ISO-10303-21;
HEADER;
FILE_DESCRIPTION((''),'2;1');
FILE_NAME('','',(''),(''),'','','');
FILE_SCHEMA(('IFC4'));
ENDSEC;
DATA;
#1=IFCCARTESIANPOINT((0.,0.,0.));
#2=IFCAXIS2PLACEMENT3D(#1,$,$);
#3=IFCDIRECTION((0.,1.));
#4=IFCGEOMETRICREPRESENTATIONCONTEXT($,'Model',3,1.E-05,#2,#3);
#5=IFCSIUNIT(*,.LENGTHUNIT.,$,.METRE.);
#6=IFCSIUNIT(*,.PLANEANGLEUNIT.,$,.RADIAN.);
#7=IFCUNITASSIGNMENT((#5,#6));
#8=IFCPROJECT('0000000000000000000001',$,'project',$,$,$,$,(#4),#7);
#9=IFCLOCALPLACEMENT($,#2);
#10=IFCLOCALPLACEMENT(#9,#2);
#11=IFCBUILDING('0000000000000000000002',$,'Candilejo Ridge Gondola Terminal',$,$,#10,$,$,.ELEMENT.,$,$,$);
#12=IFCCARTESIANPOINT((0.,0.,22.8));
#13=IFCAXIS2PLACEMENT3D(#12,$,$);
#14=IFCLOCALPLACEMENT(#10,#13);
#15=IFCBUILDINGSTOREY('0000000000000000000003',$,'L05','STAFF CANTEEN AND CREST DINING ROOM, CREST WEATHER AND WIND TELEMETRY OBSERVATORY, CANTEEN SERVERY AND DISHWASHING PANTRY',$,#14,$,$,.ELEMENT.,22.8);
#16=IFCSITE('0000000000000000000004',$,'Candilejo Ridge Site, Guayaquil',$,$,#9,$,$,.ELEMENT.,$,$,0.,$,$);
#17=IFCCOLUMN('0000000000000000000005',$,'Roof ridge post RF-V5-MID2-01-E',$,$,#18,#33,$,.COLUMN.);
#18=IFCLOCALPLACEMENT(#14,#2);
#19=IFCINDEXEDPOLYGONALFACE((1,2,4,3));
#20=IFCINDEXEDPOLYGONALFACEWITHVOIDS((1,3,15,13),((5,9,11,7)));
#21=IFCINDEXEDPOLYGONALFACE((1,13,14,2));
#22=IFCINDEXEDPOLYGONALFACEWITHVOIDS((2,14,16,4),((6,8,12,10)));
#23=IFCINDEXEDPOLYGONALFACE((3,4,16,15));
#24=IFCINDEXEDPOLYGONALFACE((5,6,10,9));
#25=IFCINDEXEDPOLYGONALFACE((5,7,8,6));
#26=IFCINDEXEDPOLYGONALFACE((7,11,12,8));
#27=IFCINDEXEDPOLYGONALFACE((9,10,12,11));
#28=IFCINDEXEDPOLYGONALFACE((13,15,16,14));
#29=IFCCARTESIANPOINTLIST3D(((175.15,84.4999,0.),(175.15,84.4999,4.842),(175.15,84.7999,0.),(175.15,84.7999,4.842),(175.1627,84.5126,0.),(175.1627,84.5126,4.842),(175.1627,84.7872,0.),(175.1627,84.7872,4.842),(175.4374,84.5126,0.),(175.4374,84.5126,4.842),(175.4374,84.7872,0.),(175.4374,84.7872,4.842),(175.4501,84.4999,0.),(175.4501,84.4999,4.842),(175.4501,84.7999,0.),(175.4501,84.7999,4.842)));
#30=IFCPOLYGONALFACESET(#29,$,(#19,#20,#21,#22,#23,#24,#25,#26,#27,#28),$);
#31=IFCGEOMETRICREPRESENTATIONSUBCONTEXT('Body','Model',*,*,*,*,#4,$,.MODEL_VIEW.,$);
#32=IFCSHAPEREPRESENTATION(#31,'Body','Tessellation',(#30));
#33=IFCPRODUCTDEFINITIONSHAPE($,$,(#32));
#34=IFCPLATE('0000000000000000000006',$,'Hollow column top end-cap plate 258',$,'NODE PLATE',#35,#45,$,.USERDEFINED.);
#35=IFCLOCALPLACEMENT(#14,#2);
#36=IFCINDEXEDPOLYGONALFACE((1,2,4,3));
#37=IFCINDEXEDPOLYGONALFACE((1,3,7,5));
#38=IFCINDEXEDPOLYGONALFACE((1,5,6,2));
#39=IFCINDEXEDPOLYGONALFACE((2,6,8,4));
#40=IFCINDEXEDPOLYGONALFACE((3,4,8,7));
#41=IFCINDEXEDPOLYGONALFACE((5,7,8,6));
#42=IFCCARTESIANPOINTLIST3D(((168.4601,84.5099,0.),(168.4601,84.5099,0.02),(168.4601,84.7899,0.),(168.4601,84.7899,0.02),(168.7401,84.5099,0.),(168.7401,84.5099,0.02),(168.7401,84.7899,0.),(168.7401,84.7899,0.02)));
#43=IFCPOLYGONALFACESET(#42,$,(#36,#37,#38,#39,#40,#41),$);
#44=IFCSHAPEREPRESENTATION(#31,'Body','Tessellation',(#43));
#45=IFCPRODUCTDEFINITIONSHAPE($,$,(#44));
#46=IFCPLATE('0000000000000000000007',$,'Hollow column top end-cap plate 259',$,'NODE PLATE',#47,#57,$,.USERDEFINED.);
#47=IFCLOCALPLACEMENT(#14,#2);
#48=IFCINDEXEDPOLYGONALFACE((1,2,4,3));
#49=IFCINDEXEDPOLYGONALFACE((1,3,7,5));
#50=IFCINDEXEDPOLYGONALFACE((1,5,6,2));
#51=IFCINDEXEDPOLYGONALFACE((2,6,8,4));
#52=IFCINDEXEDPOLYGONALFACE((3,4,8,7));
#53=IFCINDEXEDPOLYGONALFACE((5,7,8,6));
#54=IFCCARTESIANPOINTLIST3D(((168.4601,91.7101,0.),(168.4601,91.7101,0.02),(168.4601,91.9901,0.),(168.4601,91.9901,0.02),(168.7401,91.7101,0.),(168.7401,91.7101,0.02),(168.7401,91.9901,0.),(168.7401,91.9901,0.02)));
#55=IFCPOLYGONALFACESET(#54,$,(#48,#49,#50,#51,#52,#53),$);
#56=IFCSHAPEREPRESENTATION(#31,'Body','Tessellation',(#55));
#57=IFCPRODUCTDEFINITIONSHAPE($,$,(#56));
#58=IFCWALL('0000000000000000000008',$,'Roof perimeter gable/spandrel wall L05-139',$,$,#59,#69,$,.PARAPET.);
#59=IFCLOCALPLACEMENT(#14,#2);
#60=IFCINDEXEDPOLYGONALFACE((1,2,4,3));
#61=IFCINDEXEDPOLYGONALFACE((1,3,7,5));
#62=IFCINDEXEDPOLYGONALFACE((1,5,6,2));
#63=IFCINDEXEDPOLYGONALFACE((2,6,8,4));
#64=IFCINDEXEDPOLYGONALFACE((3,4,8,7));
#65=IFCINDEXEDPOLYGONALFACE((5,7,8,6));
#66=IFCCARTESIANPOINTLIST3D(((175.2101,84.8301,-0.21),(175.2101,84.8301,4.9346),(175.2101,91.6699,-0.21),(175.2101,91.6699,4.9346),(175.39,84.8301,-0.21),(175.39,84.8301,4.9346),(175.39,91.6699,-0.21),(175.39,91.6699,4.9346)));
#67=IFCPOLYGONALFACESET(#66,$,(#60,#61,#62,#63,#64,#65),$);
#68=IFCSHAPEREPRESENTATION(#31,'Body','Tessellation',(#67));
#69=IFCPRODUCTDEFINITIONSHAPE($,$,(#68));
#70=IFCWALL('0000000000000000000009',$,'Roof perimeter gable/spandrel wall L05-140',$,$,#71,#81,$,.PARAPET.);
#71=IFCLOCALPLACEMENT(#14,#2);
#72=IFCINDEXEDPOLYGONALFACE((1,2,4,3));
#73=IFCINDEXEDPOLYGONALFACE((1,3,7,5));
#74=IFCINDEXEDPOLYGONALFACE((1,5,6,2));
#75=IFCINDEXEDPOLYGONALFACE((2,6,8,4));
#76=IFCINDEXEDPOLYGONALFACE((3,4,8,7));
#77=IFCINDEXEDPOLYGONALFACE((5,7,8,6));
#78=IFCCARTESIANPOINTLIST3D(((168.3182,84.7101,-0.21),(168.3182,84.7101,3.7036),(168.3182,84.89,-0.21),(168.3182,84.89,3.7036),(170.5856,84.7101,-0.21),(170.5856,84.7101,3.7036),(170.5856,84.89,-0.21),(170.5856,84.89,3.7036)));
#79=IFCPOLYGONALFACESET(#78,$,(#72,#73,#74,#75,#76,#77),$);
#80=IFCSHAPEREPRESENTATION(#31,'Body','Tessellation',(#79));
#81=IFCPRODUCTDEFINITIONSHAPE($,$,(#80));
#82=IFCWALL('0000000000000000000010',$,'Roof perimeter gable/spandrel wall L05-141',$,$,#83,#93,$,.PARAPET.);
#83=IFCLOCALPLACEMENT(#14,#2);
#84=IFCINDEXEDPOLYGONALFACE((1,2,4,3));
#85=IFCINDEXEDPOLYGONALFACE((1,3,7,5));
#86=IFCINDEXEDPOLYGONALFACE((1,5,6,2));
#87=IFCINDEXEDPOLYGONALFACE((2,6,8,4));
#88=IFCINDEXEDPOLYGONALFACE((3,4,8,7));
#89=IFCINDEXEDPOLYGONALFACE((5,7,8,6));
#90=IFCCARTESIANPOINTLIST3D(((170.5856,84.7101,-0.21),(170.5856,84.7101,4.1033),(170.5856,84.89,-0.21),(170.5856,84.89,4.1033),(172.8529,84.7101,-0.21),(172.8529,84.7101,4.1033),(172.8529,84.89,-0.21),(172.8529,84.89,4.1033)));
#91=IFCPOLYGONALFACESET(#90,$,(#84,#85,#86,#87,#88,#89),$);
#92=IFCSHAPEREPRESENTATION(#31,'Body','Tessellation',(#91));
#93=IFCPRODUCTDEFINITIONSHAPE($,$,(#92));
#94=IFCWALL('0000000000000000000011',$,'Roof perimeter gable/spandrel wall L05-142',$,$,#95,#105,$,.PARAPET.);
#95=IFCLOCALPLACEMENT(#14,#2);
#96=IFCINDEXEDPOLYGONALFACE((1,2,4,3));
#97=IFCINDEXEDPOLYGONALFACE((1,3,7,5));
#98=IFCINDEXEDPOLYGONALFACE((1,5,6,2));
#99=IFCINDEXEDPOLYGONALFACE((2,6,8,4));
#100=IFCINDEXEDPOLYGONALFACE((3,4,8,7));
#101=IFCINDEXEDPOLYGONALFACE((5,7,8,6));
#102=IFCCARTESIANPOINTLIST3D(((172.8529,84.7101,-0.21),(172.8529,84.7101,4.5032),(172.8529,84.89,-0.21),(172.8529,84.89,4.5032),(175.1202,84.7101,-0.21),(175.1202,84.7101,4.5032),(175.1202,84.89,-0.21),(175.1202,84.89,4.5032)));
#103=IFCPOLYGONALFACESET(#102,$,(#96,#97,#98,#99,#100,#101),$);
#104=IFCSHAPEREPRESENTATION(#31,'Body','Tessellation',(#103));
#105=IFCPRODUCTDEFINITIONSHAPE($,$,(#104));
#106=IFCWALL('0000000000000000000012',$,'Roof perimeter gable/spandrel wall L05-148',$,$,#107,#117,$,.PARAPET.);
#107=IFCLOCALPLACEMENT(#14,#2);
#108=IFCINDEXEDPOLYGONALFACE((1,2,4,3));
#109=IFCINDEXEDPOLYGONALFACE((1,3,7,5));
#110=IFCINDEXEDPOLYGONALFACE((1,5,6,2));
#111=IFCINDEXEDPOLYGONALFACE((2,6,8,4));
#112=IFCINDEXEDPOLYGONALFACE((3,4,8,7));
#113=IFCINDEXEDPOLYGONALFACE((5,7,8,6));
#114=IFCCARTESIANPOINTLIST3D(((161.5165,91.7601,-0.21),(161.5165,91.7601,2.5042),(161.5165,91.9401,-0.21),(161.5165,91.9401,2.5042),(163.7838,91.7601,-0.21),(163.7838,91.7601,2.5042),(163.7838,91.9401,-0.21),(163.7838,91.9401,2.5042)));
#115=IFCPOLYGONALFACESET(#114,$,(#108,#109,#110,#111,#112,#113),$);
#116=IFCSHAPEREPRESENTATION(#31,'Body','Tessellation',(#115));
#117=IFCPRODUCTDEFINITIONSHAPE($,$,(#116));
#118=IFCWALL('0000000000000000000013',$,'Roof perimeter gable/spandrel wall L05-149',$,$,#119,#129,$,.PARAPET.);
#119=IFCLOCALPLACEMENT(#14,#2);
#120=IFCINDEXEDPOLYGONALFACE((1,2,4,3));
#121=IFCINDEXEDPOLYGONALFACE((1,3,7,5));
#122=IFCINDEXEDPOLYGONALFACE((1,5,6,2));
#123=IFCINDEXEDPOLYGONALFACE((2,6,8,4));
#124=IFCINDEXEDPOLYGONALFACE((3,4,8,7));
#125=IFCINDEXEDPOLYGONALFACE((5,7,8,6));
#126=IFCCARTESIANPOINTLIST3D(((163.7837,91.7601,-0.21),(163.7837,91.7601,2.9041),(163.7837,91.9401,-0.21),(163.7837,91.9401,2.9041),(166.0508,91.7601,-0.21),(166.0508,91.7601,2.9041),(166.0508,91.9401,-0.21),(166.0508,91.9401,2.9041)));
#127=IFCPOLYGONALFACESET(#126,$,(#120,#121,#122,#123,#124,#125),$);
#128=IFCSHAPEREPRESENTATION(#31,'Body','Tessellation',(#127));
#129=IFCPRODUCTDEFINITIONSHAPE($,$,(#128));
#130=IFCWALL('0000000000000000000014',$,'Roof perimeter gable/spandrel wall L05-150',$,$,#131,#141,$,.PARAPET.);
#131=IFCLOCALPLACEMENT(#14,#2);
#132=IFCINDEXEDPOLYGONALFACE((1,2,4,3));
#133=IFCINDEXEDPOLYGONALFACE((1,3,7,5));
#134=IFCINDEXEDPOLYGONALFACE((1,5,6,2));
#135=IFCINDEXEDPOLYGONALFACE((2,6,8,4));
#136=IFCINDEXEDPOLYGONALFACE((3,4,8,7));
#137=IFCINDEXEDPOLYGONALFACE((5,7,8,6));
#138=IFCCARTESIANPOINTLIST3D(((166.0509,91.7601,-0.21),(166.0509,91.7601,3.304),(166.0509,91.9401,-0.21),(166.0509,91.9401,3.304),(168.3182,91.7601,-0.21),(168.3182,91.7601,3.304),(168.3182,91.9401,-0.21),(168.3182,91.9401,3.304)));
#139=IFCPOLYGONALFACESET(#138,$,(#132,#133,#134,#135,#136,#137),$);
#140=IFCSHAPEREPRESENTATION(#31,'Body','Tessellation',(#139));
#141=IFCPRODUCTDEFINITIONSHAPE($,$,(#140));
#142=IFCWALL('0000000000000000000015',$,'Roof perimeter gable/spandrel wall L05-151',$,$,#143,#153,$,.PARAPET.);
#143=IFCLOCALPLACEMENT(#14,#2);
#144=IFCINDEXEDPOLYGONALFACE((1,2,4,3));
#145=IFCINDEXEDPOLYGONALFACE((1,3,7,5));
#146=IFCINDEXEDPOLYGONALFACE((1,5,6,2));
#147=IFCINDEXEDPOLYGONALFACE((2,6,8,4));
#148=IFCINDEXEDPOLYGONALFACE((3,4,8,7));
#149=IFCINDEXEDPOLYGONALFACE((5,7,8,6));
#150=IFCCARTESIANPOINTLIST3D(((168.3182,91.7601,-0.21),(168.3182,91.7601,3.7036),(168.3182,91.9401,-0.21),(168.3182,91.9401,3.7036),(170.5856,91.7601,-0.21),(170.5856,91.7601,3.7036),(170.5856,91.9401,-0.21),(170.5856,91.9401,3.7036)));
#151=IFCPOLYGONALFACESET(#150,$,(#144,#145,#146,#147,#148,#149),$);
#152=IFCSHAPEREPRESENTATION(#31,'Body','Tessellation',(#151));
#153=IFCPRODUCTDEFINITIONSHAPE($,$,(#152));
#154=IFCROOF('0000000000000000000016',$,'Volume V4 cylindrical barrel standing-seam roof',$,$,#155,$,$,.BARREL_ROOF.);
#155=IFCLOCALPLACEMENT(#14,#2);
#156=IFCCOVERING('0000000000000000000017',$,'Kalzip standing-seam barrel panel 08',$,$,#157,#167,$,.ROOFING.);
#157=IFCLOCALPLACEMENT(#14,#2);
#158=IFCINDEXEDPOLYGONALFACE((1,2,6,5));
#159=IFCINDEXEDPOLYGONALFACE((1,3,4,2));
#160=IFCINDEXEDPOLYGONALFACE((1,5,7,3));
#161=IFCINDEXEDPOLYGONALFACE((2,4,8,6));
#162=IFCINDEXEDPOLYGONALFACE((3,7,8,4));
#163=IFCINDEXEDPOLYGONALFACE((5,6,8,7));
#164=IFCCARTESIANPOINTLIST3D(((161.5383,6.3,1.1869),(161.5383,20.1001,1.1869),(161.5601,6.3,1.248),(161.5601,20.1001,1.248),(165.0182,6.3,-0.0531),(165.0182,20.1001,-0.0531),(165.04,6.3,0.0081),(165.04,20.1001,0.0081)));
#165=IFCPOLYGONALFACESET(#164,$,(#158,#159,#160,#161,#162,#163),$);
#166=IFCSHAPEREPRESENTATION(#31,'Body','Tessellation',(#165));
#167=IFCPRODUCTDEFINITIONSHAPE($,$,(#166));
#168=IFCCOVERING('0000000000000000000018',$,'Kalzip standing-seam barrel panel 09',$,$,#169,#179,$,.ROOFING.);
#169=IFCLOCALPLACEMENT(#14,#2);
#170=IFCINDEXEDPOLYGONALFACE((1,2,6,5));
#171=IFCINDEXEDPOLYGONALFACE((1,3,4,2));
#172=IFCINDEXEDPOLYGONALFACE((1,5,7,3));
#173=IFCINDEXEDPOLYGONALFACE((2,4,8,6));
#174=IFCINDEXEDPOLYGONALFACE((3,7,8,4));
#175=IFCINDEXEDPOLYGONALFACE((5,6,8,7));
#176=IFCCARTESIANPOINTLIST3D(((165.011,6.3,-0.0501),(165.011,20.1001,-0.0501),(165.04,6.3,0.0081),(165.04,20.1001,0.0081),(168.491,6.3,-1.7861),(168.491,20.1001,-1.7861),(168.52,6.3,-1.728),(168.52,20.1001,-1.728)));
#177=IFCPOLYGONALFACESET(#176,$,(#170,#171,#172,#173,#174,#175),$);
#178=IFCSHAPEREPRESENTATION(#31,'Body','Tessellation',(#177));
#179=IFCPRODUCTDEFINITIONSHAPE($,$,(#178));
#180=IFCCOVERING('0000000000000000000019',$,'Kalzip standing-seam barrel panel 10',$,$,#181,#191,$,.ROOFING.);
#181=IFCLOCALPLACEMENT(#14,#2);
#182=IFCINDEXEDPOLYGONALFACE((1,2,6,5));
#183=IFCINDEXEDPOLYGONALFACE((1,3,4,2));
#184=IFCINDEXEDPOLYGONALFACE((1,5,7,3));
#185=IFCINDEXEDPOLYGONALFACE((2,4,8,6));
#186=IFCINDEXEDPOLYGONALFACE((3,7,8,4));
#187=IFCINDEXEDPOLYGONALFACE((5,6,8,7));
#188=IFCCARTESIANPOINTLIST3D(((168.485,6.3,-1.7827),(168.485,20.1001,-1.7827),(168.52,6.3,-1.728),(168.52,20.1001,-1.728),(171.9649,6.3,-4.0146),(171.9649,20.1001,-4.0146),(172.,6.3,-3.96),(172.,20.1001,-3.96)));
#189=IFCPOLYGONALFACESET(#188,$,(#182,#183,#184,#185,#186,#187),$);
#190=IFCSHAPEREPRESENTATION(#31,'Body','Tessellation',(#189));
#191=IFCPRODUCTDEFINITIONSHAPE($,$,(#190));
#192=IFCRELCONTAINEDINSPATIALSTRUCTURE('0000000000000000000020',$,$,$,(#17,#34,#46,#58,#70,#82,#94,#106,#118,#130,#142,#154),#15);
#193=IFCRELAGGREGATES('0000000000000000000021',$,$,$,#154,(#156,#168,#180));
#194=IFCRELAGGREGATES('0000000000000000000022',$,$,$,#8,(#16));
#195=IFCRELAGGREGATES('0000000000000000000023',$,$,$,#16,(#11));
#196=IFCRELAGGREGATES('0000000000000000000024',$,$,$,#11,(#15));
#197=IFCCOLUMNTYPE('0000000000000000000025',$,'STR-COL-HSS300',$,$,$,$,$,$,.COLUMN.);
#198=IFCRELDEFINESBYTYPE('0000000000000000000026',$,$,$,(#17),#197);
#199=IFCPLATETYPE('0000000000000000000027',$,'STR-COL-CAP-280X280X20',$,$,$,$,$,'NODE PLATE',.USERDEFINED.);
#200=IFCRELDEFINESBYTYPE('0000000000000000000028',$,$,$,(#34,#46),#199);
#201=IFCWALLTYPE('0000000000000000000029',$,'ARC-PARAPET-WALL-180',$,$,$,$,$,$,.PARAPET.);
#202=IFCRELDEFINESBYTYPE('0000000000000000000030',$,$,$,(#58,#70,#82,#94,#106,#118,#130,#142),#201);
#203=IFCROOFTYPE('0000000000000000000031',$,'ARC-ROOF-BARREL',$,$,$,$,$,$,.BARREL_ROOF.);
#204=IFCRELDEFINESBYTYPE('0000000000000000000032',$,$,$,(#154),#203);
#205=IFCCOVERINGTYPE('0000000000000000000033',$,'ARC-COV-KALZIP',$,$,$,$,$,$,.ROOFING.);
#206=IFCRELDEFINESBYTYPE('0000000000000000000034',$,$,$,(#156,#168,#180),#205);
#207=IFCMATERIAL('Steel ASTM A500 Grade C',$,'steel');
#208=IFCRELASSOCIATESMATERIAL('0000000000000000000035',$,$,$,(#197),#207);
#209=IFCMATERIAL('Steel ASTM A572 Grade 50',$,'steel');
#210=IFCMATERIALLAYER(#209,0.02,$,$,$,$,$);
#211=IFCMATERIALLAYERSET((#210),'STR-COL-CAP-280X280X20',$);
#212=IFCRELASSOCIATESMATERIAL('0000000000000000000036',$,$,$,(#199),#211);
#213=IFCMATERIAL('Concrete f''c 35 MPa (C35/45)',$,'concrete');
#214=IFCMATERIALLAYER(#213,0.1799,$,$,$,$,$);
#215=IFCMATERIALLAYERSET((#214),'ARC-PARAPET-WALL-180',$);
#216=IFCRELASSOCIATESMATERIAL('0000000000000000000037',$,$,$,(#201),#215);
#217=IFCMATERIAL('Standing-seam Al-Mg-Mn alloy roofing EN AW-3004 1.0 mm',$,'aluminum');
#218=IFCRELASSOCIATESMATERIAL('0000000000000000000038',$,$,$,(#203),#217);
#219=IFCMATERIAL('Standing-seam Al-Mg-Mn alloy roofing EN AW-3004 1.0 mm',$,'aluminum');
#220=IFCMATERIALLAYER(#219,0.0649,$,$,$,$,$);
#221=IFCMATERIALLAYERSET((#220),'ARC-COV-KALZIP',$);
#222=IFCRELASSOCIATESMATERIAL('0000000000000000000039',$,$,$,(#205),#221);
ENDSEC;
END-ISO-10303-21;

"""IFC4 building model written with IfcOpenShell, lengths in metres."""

from ifc_helpers import new_model, si_unit, direction, frame, frame_2d, origin, origin_2d, place, context, subcontext, project, spatial, polyline, rectangle, hollow_rectangle, outline, extrude, material, layer, layer_set, material_profile, profile_set, type_object, element, aggregate, save


model = new_model("IFC4")

# Units and contexts
model_context = context("Model", 3, precision=1e-05, world=origin(), true_north=direction((0.0, 1.0)))
body_context = subcontext(model_context, "Body", "Model", "MODEL_VIEW")
ifc_project = project(units=[si_unit("LENGTHUNIT", "METRE"), si_unit("PLANEANGLEUNIT", "RADIAN")], contexts=[model_context])

# Site, building, storey
site_placement = place(None, origin())
site = spatial("IfcSite", under=ifc_project, at=site_placement, Name="Candilejo Ridge Site, Guayaquil", CompositionType="ELEMENT", RefElevation=0.0)
building_placement = place(site_placement, origin())
building = spatial("IfcBuilding", under=site, at=building_placement, Name="Candilejo Ridge Gondola Terminal", CompositionType="ELEMENT")
storey_placement = place(building_placement, frame((0.0, 0.0, 22.8)))
storey = spatial("IfcBuildingStorey", under=building, at=storey_placement, Name="L05", Description="STAFF CANTEEN AND CREST DINING ROOM, CREST WEATHER AND WIND TELEMETRY OBSERVATORY, CANTEEN SERVERY AND DISHWASHING PANTRY", CompositionType="ELEMENT", Elevation=22.8)

# Column
ifc_material_1 = material(Name="Steel ASTM A500 Grade C", Category="steel")
ifc_material_profile = material_profile(ifc_material_1, hollow_rectangle(XDim=0.3, YDim=0.3, WallThickness=0.0127, at=origin_2d()))
ifc_profile_set = profile_set([ifc_material_profile], Name="Steel ASTM A500 Grade C")
column_type = type_object("IfcColumnType", Name="STR-COL-HSS300", PredefinedType="COLUMN", material=ifc_profile_set)
column_placement = place(storey_placement, frame((175.3, 84.6499, 0.0), z_axis=(0.0, 0.0, 1.0), x_axis=(1.0, 0.0, 0.0)))
element("IfcColumn", 1, at=column_placement, inside=storey, type_object=column_type, Name="Roof ridge post RF-V5-MID2-01-E", PredefinedType="COLUMN", context=body_context, shape_type="SweptSolid", body=[
    extrude(hollow_rectangle(XDim=0.3, YDim=0.3, WallThickness=0.0127, at=origin_2d()), origin(), (0.0, 0.0, 1.0), 4.842),
])

# Plates
ifc_material_2 = material(Name="Steel ASTM A572 Grade 50", Category="steel")
ifc_layer_1 = layer(ifc_material_2, 0.02)
ifc_layer_set_1 = layer_set([ifc_layer_1], Name="STR-COL-CAP-280X280X20")
plate_type = type_object("IfcPlateType", Name="STR-COL-CAP-280X280X20", ElementType="NODE PLATE", PredefinedType="USERDEFINED", material=ifc_layer_set_1)
for number, where, z_axis, x_axis, name in (
    (2, (168.6001, 84.6499, 0.0), (0.0, 0.0, 1.0), (1.0, 0.0, 0.0), "Hollow column top end-cap plate 258"),
    (3, (168.6001, 91.8501, 0.0), (0.0, 0.0, 1.0), (1.0, 0.0, 0.0), "Hollow column top end-cap plate 259"),
):
    element("IfcPlate", number, at=place(storey_placement, frame(where, z_axis=z_axis, x_axis=x_axis)), inside=storey, type_object=plate_type, Name=name, ObjectType="NODE PLATE", PredefinedType="USERDEFINED", context=body_context, shape_type="SweptSolid", body=[
        extrude(rectangle(XDim=0.28, YDim=0.28, at=origin_2d()), origin(), (0.0, 0.0, 1.0), 0.02),
    ])

# Walls
ifc_material_3 = material(Name="Concrete f'c 35 MPa (C35/45)", Category="concrete")
ifc_layer_2 = layer(ifc_material_3, 0.1799)
ifc_layer_set_2 = layer_set([ifc_layer_2], Name="ARC-PARAPET-WALL-180")
wall_type = type_object("IfcWallType", Name="ARC-PARAPET-WALL-180", PredefinedType="PARAPET", material=ifc_layer_set_2)
wall_1_placement = place(storey_placement, frame((175.3, 84.8301, -0.21), z_axis=(0.0, 0.0, 1.0), x_axis=(0.0, 1.0, 0.0)))
element("IfcWall", 4, at=wall_1_placement, inside=storey, type_object=wall_type, Name="Roof perimeter gable/spandrel wall L05-139", PredefinedType="PARAPET", context=body_context, shape_type="SweptSolid", body=[
    extrude(rectangle(XDim=6.8398, YDim=0.1799, at=frame_2d((3.4199, 0.0))), origin(), (0.0, 0.0, 1.0), 5.1445),
])
wall_2_placement = place(storey_placement, frame((168.3181, 84.8, -0.21), z_axis=(0.0, 0.0, 1.0), x_axis=(1.0, 0.0, 0.0)))
element("IfcWall", 5, at=wall_2_placement, inside=storey, type_object=wall_type, Name="Roof perimeter gable/spandrel wall L05-140", PredefinedType="PARAPET", context=body_context, shape_type="SweptSolid", body=[
    extrude(rectangle(XDim=2.2673, YDim=0.1799, at=frame_2d((1.1338, 0.0))), origin(), (0.0, 0.0, 1.0), 3.9136),
])
wall_3_placement = place(storey_placement, frame((170.5854, 84.8, -0.21), z_axis=(0.0, 0.0, 1.0), x_axis=(1.0, 0.0, 0.0)))
element("IfcWall", 6, at=wall_3_placement, inside=storey, type_object=wall_type, Name="Roof perimeter gable/spandrel wall L05-141", PredefinedType="PARAPET", context=body_context, shape_type="SweptSolid", body=[
    extrude(rectangle(XDim=2.2673, YDim=0.1799, at=frame_2d((1.1338, 0.0))), origin(), (0.0, 0.0, 1.0), 4.3132),
])
wall_4_placement = place(storey_placement, frame((172.8528, 84.8, -0.21), z_axis=(0.0, 0.0, 1.0), x_axis=(1.0, 0.0, 0.0)))
element("IfcWall", 7, at=wall_4_placement, inside=storey, type_object=wall_type, Name="Roof perimeter gable/spandrel wall L05-142", PredefinedType="PARAPET", context=body_context, shape_type="SweptSolid", body=[
    extrude(rectangle(XDim=2.2673, YDim=0.1799, at=frame_2d((1.1338, 0.0))), origin(), (0.0, 0.0, 1.0), 4.7131),
])
wall_5_placement = place(storey_placement, frame((161.5164, 91.8501, -0.21), z_axis=(0.0, 0.0, 1.0), x_axis=(1.0, 0.0, 0.0)))
element("IfcWall", 8, at=wall_5_placement, inside=storey, type_object=wall_type, Name="Roof perimeter gable/spandrel wall L05-148", PredefinedType="PARAPET", context=body_context, shape_type="SweptSolid", body=[
    extrude(rectangle(XDim=2.2673, YDim=0.1799, at=frame_2d((1.1338, 0.0))), origin(), (0.0, 0.0, 1.0), 2.7141),
])
wall_6_placement = place(storey_placement, frame((163.7837, 91.8501, -0.21), z_axis=(0.0, 0.0, 1.0), x_axis=(1.0, 0.0, 0.0)))
element("IfcWall", 9, at=wall_6_placement, inside=storey, type_object=wall_type, Name="Roof perimeter gable/spandrel wall L05-149", PredefinedType="PARAPET", context=body_context, shape_type="SweptSolid", body=[
    extrude(rectangle(XDim=2.2671, YDim=0.1799, at=frame_2d((1.1335, 0.0))), origin(), (0.0, 0.0, 1.0), 3.114),
])
wall_7_placement = place(storey_placement, frame((166.0508, 91.8501, -0.21), z_axis=(0.0, 0.0, 1.0), x_axis=(1.0, 0.0, 0.0)))
element("IfcWall", 10, at=wall_7_placement, inside=storey, type_object=wall_type, Name="Roof perimeter gable/spandrel wall L05-150", PredefinedType="PARAPET", context=body_context, shape_type="SweptSolid", body=[
    extrude(rectangle(XDim=2.2673, YDim=0.1799, at=frame_2d((1.1338, 0.0))), origin(), (0.0, 0.0, 1.0), 3.5139),
])
wall_8_placement = place(storey_placement, frame((168.3181, 91.8501, -0.21), z_axis=(0.0, 0.0, 1.0), x_axis=(1.0, 0.0, 0.0)))
element("IfcWall", 11, at=wall_8_placement, inside=storey, type_object=wall_type, Name="Roof perimeter gable/spandrel wall L05-151", PredefinedType="PARAPET", context=body_context, shape_type="SweptSolid", body=[
    extrude(rectangle(XDim=2.2673, YDim=0.1799, at=frame_2d((1.1338, 0.0))), origin(), (0.0, 0.0, 1.0), 3.9136),
])

# Roof, coverings
ifc_material_4 = material(Name="Standing-seam Al-Mg-Mn alloy roofing EN AW-3004 1.0 mm", Category="aluminum")
roof_type = type_object("IfcRoofType", Name="ARC-ROOF-BARREL", PredefinedType="BARREL_ROOF", material=ifc_material_4)
roof_placement = place(storey_placement, origin())
roof = element("IfcRoof", 12, at=roof_placement, inside=storey, type_object=roof_type, Name="Volume V4 cylindrical barrel standing-seam roof", PredefinedType="BARREL_ROOF")
ifc_material_5 = material(Name="Standing-seam Al-Mg-Mn alloy roofing EN AW-3004 1.0 mm", Category="aluminum")
ifc_layer_3 = layer(ifc_material_5, 0.0649)
ifc_layer_set_3 = layer_set([ifc_layer_3], Name="ARC-COV-KALZIP")
covering_type = type_object("IfcCoveringType", Name="ARC-COV-KALZIP", PredefinedType="ROOFING", material=ifc_layer_set_3)
covering_1_placement = place(storey_placement, frame((161.5601, 6.3, 1.248), z_axis=(0.33565, 0.0, 0.941987), x_axis=(0.941987, 0.0, -0.33565)))
covering_1 = element("IfcCovering", 13, at=covering_1_placement, type_object=covering_type, Name="Kalzip standing-seam barrel panel 08", PredefinedType="ROOFING", context=body_context, shape_type="SweptSolid", body=[
    extrude(outline(polyline([(0.0, 0.0), (3.6943, 0.0), (3.6943, 13.8), (0.0, 13.8), (0.0, 0.0)])), origin(), (0.0, 0.0, -1.0), 0.0649),
])
covering_2_placement = place(storey_placement, frame((165.04, 6.3, 0.0081), z_axis=(0.44641, 0.0, 0.894829), x_axis=(0.894829, 0.0, -0.44641)))
covering_2 = element("IfcCovering", 14, at=covering_2_placement, type_object=covering_type, Name="Kalzip standing-seam barrel panel 09", PredefinedType="ROOFING", context=body_context, shape_type="SweptSolid", body=[
    extrude(outline(polyline([(0.0, 0.0), (3.889, 0.0), (3.889, 13.8), (0.0, 13.8), (0.0, 0.0)])), origin(), (0.0, 0.0, -1.0), 0.0649),
])
covering_3_placement = place(storey_placement, frame((168.52, 6.3, -1.728), z_axis=(0.539868, 0.0, 0.84175), x_axis=(0.84175, 0.0, -0.539868)))
covering_3 = element("IfcCovering", 15, at=covering_3_placement, type_object=covering_type, Name="Kalzip standing-seam barrel panel 10", PredefinedType="ROOFING", context=body_context, shape_type="SweptSolid", body=[
    extrude(outline(polyline([(0.0, 0.0), (4.1342, 0.0), (4.1342, 13.8), (0.0, 13.8), (0.0, 0.0)])), origin(), (0.0, 0.0, -1.0), 0.0649),
])
aggregate(roof, [covering_1, covering_2, covering_3])

save(model, "model.ifc")
